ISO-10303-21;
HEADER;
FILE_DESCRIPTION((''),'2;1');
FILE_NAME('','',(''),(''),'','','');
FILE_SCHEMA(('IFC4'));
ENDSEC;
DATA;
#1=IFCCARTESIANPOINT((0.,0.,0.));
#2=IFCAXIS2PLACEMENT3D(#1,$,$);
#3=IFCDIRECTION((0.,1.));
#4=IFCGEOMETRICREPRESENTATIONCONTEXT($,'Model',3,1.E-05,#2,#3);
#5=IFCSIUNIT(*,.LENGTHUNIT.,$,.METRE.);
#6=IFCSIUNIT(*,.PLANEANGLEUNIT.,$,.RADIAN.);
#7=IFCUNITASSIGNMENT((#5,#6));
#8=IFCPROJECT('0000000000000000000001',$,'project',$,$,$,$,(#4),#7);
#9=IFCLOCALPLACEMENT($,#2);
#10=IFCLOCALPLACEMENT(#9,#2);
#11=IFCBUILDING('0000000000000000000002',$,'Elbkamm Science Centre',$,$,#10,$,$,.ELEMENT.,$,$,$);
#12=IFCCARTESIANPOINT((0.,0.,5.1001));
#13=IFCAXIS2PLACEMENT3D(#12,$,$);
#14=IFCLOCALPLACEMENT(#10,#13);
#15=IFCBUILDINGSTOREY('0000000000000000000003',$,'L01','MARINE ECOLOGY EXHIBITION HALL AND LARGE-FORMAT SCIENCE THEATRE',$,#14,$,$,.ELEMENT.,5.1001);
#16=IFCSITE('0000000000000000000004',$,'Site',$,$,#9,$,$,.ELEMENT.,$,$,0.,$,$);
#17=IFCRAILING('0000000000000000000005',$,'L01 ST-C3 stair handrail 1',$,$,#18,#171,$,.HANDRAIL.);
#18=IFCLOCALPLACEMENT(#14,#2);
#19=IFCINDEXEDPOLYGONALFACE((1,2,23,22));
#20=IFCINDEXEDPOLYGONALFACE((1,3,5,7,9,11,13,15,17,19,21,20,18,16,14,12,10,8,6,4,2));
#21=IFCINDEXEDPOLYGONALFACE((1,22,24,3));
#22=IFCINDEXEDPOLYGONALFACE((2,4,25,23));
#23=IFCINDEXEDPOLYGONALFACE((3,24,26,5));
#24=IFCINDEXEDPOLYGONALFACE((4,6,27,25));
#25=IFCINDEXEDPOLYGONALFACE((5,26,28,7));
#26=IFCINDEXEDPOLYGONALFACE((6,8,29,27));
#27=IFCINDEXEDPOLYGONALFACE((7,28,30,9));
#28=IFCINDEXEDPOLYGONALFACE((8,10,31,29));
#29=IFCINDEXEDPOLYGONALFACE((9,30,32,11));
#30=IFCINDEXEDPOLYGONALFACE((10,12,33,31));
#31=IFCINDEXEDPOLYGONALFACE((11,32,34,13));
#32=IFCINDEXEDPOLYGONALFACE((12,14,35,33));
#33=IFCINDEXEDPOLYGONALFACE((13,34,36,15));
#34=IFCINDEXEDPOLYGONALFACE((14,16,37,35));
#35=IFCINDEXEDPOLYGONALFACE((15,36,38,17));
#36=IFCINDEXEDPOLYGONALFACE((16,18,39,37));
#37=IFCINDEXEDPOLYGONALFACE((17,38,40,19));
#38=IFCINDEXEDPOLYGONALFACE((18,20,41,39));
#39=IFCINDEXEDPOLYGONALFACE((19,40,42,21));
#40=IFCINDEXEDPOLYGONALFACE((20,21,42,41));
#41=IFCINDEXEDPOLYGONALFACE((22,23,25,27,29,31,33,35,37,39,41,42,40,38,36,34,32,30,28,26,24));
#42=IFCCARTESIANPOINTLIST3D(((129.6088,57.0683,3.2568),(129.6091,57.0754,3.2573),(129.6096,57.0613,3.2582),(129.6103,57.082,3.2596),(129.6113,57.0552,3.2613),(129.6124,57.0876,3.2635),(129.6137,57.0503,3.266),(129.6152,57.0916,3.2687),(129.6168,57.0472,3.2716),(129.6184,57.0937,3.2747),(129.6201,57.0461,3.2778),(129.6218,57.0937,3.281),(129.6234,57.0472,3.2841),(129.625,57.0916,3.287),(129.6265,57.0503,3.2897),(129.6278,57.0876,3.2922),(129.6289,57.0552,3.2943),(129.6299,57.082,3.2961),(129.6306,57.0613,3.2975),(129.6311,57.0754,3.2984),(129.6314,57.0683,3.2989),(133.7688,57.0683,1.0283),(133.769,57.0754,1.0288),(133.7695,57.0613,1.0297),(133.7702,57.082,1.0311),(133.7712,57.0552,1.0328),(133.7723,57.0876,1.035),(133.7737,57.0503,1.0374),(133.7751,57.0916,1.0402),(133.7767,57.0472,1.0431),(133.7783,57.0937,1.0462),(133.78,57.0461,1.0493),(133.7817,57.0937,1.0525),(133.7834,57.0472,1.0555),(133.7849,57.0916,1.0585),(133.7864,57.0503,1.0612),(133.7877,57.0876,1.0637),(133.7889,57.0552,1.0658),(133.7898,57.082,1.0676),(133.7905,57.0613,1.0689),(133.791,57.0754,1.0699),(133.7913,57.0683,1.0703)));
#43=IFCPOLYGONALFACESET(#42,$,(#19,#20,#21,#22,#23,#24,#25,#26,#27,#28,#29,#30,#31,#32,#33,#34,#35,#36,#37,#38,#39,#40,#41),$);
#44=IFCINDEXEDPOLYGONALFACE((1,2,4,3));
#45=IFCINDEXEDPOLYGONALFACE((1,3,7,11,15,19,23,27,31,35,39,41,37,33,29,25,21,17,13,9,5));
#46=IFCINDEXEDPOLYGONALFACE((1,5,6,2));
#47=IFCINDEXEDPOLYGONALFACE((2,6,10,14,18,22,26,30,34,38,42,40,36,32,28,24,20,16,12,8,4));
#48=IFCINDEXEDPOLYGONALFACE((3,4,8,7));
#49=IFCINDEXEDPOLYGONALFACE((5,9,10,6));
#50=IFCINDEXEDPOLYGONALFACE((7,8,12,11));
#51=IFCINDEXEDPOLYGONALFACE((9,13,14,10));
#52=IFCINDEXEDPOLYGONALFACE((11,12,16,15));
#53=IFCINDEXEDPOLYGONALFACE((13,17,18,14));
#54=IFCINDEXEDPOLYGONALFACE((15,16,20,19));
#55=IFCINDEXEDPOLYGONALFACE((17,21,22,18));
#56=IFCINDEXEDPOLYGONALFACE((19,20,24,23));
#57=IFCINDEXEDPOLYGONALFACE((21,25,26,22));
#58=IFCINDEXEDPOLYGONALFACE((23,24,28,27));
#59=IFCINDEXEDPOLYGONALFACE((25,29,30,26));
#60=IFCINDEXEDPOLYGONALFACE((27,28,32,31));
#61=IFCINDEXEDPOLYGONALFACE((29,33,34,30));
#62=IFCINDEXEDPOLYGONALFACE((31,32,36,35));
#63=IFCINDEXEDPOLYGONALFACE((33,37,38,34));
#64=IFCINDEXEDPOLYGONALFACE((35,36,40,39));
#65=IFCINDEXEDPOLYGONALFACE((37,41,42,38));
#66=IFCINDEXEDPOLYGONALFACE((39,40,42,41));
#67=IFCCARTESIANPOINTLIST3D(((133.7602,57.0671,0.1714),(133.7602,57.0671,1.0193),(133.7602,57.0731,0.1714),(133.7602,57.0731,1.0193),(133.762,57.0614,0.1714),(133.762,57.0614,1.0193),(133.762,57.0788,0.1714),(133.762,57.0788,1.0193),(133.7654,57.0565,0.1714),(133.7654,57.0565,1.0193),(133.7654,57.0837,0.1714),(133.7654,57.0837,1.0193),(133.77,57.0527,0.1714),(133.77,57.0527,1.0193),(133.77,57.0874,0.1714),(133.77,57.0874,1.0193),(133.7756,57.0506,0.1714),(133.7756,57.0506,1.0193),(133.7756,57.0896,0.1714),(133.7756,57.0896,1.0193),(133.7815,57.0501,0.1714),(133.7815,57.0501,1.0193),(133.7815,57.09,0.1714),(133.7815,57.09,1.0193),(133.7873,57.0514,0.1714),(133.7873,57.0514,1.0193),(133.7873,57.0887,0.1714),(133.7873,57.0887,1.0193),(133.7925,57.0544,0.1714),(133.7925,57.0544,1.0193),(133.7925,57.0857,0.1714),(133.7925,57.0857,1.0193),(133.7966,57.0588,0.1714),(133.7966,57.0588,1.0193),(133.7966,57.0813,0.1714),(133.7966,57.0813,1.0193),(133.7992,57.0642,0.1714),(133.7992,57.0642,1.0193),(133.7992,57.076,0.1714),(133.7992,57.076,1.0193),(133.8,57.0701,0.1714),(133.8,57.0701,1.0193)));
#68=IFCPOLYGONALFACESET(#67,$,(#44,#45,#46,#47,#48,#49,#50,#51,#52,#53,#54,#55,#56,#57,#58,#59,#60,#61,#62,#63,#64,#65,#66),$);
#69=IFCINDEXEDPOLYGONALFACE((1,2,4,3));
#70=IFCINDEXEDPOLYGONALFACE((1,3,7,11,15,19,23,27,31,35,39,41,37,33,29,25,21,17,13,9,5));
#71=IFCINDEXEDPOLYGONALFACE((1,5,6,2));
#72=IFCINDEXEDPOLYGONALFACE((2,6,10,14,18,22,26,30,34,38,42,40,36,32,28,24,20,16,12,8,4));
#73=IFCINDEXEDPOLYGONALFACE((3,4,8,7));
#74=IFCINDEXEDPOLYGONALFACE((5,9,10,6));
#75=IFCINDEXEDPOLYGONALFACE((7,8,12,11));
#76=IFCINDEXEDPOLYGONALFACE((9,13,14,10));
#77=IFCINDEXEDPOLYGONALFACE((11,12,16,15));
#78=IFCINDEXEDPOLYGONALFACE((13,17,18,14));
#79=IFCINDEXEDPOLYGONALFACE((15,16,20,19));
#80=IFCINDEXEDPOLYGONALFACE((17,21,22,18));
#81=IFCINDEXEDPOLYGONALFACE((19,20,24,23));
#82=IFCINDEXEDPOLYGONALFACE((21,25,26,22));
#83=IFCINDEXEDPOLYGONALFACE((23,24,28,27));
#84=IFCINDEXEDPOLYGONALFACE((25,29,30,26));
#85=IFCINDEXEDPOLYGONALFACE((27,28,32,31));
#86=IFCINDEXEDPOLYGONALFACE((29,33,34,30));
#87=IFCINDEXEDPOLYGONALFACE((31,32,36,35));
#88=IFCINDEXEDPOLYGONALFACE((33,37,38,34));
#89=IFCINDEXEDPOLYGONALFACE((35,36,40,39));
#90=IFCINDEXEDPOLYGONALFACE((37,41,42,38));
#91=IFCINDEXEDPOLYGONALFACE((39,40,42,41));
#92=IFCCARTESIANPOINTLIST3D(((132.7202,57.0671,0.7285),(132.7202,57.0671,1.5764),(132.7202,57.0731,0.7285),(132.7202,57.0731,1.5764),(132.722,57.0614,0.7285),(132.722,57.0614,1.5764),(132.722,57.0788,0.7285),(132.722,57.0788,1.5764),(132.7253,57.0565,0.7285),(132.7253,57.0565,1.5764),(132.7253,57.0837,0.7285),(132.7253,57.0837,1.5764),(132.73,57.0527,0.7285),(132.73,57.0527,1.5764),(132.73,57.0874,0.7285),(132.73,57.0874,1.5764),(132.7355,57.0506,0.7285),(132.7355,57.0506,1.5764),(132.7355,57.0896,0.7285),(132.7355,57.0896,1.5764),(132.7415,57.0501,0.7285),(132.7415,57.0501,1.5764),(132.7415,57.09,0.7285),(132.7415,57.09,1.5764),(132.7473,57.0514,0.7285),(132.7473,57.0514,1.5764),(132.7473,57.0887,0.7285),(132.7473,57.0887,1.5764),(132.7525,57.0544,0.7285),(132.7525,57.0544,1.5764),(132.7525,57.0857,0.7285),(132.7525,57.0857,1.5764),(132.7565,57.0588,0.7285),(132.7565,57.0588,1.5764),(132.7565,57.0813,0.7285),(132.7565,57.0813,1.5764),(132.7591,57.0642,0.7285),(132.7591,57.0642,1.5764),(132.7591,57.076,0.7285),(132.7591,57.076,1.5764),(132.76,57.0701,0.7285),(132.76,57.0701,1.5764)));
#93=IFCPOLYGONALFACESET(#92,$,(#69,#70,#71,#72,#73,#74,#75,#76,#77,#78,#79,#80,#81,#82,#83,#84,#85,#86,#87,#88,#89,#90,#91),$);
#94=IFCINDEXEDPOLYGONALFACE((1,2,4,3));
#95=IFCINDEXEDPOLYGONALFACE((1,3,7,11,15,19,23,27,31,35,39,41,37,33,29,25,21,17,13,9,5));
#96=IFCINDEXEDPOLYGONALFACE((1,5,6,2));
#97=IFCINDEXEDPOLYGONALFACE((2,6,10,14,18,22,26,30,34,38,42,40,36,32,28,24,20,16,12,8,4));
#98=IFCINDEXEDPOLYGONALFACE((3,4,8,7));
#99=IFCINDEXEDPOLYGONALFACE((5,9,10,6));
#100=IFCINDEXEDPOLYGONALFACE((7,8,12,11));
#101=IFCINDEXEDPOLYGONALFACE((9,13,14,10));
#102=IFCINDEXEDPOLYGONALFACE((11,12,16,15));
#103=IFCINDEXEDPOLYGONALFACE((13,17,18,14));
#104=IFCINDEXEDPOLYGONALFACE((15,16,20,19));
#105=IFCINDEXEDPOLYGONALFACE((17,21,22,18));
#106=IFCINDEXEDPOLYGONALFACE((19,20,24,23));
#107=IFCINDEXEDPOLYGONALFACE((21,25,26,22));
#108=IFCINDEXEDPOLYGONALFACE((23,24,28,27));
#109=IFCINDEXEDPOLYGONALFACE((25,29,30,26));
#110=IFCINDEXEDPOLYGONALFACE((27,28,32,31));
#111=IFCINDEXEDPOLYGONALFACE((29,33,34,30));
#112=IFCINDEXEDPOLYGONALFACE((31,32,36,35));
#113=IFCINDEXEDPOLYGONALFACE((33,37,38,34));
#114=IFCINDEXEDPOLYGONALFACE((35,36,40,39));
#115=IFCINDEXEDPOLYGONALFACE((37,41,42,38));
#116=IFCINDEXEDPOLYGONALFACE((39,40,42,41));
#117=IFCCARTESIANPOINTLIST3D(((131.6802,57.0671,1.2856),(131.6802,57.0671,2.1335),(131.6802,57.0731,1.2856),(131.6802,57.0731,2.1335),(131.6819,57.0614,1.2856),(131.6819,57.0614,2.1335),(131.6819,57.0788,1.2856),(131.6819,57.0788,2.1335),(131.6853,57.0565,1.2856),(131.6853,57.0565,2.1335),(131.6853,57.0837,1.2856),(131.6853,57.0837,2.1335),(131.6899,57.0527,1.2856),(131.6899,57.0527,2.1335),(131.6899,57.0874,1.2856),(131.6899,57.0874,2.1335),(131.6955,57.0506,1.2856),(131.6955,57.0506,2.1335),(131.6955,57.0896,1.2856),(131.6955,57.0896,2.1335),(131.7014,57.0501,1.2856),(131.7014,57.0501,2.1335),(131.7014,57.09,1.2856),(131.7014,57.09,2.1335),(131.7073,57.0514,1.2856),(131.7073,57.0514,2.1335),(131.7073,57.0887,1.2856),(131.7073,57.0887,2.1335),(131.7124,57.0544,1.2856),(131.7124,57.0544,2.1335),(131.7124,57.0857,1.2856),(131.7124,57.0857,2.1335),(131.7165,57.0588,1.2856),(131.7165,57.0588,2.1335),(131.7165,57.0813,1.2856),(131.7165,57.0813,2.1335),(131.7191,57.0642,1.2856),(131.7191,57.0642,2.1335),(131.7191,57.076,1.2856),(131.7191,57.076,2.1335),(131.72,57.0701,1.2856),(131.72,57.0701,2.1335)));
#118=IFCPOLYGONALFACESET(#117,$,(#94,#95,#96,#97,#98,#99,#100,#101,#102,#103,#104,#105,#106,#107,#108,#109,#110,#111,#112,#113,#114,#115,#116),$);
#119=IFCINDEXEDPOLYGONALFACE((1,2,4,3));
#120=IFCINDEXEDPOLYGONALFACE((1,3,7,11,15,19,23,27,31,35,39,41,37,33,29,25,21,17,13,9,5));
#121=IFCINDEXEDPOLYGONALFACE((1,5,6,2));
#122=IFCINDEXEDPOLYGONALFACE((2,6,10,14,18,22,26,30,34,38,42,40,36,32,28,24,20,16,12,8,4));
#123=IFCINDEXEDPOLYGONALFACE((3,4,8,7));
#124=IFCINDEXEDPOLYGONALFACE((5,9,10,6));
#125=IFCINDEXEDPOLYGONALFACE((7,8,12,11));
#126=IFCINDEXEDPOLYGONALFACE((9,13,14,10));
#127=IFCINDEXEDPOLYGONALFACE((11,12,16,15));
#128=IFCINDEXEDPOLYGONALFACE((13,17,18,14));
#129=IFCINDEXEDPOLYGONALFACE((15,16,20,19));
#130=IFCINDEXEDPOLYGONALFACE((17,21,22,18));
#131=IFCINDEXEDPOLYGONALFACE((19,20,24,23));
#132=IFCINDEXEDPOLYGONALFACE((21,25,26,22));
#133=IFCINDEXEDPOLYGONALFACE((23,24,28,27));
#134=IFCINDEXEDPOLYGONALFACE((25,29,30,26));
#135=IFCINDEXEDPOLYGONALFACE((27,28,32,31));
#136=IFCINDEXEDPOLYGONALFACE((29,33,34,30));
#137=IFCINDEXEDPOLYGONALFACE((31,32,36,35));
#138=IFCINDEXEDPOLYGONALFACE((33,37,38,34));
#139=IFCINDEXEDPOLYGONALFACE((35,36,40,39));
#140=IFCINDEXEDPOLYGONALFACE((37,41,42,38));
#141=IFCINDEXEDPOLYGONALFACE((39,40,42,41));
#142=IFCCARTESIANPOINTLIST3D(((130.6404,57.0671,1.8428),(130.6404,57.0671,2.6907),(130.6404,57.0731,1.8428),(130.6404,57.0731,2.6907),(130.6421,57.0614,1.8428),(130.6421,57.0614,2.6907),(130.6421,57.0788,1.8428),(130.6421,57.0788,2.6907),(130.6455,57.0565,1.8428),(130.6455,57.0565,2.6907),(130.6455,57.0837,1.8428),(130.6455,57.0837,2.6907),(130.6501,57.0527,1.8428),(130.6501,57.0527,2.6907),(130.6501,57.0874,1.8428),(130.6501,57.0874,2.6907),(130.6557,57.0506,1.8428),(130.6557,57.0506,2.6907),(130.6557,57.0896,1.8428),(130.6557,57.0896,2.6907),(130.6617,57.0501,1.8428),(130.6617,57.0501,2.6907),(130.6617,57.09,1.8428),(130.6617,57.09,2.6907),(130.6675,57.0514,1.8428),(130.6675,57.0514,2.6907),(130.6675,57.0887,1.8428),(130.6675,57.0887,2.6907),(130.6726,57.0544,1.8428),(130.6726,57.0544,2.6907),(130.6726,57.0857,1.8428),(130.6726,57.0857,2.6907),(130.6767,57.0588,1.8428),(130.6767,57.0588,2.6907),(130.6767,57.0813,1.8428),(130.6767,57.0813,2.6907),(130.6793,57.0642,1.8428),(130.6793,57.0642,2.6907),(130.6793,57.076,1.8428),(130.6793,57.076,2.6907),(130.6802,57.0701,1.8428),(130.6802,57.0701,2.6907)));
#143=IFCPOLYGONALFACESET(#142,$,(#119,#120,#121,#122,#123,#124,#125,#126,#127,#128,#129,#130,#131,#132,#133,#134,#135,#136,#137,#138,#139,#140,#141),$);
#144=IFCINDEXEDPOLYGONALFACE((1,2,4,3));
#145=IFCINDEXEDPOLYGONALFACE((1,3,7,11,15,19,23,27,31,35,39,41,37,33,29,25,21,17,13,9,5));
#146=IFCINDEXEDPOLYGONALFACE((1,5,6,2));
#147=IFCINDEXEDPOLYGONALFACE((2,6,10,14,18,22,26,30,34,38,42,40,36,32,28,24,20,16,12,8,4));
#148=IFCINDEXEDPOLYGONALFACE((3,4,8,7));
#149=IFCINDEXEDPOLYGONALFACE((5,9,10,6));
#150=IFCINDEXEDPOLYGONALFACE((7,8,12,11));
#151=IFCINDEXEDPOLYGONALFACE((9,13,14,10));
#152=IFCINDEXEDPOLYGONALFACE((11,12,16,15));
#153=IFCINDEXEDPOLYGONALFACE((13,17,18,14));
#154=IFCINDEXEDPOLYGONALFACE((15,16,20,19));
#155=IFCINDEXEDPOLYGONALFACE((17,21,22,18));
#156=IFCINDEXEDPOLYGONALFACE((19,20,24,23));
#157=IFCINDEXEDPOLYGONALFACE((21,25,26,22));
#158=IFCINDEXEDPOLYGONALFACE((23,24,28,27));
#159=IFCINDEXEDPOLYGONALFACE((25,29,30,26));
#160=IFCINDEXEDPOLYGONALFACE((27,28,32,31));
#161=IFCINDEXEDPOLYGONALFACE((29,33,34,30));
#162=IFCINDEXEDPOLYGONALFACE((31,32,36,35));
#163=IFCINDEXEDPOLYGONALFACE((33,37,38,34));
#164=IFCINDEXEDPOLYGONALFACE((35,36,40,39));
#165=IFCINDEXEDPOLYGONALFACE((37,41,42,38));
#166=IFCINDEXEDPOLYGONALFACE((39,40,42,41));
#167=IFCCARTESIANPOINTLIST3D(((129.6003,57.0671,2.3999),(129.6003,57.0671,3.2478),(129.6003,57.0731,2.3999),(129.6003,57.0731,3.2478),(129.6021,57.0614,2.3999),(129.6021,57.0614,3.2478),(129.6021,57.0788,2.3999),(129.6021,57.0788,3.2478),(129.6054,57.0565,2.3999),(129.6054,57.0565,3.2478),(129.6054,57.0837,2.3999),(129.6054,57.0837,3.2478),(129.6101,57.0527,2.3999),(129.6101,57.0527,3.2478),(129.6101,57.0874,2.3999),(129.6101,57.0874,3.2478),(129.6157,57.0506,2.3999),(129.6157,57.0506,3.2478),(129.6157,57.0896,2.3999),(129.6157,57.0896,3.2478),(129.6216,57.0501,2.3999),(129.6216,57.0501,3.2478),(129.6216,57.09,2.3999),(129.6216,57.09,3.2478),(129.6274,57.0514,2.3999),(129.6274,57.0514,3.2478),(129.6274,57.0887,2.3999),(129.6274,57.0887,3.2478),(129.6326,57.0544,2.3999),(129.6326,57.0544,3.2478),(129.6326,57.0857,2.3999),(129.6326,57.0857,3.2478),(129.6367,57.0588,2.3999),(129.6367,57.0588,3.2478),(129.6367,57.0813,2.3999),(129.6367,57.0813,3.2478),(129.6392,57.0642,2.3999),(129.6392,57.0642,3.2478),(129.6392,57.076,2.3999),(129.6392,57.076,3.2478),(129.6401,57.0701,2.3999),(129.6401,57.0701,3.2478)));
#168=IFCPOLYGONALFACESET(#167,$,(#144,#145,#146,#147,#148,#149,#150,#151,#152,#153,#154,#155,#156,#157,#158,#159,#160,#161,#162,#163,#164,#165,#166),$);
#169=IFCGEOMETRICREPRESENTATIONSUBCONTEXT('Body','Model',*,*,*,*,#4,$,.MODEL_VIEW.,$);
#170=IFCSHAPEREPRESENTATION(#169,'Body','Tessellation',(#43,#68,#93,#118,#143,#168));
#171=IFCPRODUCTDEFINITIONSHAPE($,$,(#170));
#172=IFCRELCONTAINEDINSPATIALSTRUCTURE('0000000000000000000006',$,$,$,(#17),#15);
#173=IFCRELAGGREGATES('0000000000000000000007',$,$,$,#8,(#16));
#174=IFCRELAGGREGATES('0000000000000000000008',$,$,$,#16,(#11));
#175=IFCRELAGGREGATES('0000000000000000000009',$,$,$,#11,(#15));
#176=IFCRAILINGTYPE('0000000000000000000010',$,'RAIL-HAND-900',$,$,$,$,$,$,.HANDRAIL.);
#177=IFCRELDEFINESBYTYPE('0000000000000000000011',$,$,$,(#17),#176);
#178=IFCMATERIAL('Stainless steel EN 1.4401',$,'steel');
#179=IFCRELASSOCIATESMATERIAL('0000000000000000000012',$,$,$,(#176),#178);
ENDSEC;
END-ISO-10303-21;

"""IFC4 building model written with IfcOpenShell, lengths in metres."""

from ifc_helpers import new_model, si_unit, direction, frame, origin, origin_2d, place, context, subcontext, project, spatial, circle, extrude, material, type_object, element, save


model = new_model("IFC4")

# Units and contexts
model_context = context("Model", 3, precision=1e-05, world=origin(), true_north=direction((0.0, 1.0)))
body_context = subcontext(model_context, "Body", "Model", "MODEL_VIEW")
ifc_project = project(units=[si_unit("LENGTHUNIT", "METRE"), si_unit("PLANEANGLEUNIT", "RADIAN")], contexts=[model_context])

# Site, building, storey
site_placement = place(None, origin())
site = spatial("IfcSite", under=ifc_project, at=site_placement, Name="Site", CompositionType="ELEMENT", RefElevation=0.0)
building_placement = place(site_placement, origin())
building = spatial("IfcBuilding", under=site, at=building_placement, Name="Elbkamm Science Centre", CompositionType="ELEMENT")
storey_placement = place(building_placement, frame((0.0, 0.0, 5.1001)))
storey = spatial("IfcBuildingStorey", under=building, at=storey_placement, Name="L01", Description="MARINE ECOLOGY EXHIBITION HALL AND LARGE-FORMAT SCIENCE THEATRE", CompositionType="ELEMENT", Elevation=5.1001)

# Railing
ifc_material_1 = material(Name="Stainless steel EN 1.4401", Category="steel")
railing_type_1 = type_object("IfcRailingType", Name="RAIL-HAND-900", PredefinedType="HANDRAIL", material=ifc_material_1)
railing_1_placement = place(storey_placement, frame((133.78, 57.0701, 0.1714)))
element("IfcRailing", 1, at=railing_1_placement, inside=storey, type_object=railing_type_1, Name="L01 ST-C3 stair handrail 1", PredefinedType="HANDRAIL", context=body_context, shape_type="SweptSolid", body=[
    extrude(circle(Radius=0.0239, at=origin_2d()), frame((0.0, 0.0, 0.8779), z_axis=(-0.881481, 0.0, 0.47222), x_axis=(0.0, -1.0, 0.0)), (0.0, 0.0, 1.0), 4.7192),
    extrude(circle(Radius=0.02, at=origin_2d()), origin(), (0.0, 0.0, 1.0), 0.8479),
    extrude(circle(Radius=0.02, at=origin_2d()), frame((-1.04, 0.0, 0.5571)), (0.0, 0.0, 1.0), 0.8479),
    extrude(circle(Radius=0.02, at=origin_2d()), frame((-2.0801, 0.0, 1.1143)), (0.0, 0.0, 1.0), 0.8479),
    extrude(circle(Radius=0.02, at=origin_2d()), frame((-3.1199, 0.0, 1.6714)), (0.0, 0.0, 1.0), 0.8479),
    extrude(circle(Radius=0.02, at=origin_2d()), frame((-4.1599, 0.0, 2.2285)), (0.0, 0.0, 1.0), 0.8479),
])

save(model, "model.ifc")
